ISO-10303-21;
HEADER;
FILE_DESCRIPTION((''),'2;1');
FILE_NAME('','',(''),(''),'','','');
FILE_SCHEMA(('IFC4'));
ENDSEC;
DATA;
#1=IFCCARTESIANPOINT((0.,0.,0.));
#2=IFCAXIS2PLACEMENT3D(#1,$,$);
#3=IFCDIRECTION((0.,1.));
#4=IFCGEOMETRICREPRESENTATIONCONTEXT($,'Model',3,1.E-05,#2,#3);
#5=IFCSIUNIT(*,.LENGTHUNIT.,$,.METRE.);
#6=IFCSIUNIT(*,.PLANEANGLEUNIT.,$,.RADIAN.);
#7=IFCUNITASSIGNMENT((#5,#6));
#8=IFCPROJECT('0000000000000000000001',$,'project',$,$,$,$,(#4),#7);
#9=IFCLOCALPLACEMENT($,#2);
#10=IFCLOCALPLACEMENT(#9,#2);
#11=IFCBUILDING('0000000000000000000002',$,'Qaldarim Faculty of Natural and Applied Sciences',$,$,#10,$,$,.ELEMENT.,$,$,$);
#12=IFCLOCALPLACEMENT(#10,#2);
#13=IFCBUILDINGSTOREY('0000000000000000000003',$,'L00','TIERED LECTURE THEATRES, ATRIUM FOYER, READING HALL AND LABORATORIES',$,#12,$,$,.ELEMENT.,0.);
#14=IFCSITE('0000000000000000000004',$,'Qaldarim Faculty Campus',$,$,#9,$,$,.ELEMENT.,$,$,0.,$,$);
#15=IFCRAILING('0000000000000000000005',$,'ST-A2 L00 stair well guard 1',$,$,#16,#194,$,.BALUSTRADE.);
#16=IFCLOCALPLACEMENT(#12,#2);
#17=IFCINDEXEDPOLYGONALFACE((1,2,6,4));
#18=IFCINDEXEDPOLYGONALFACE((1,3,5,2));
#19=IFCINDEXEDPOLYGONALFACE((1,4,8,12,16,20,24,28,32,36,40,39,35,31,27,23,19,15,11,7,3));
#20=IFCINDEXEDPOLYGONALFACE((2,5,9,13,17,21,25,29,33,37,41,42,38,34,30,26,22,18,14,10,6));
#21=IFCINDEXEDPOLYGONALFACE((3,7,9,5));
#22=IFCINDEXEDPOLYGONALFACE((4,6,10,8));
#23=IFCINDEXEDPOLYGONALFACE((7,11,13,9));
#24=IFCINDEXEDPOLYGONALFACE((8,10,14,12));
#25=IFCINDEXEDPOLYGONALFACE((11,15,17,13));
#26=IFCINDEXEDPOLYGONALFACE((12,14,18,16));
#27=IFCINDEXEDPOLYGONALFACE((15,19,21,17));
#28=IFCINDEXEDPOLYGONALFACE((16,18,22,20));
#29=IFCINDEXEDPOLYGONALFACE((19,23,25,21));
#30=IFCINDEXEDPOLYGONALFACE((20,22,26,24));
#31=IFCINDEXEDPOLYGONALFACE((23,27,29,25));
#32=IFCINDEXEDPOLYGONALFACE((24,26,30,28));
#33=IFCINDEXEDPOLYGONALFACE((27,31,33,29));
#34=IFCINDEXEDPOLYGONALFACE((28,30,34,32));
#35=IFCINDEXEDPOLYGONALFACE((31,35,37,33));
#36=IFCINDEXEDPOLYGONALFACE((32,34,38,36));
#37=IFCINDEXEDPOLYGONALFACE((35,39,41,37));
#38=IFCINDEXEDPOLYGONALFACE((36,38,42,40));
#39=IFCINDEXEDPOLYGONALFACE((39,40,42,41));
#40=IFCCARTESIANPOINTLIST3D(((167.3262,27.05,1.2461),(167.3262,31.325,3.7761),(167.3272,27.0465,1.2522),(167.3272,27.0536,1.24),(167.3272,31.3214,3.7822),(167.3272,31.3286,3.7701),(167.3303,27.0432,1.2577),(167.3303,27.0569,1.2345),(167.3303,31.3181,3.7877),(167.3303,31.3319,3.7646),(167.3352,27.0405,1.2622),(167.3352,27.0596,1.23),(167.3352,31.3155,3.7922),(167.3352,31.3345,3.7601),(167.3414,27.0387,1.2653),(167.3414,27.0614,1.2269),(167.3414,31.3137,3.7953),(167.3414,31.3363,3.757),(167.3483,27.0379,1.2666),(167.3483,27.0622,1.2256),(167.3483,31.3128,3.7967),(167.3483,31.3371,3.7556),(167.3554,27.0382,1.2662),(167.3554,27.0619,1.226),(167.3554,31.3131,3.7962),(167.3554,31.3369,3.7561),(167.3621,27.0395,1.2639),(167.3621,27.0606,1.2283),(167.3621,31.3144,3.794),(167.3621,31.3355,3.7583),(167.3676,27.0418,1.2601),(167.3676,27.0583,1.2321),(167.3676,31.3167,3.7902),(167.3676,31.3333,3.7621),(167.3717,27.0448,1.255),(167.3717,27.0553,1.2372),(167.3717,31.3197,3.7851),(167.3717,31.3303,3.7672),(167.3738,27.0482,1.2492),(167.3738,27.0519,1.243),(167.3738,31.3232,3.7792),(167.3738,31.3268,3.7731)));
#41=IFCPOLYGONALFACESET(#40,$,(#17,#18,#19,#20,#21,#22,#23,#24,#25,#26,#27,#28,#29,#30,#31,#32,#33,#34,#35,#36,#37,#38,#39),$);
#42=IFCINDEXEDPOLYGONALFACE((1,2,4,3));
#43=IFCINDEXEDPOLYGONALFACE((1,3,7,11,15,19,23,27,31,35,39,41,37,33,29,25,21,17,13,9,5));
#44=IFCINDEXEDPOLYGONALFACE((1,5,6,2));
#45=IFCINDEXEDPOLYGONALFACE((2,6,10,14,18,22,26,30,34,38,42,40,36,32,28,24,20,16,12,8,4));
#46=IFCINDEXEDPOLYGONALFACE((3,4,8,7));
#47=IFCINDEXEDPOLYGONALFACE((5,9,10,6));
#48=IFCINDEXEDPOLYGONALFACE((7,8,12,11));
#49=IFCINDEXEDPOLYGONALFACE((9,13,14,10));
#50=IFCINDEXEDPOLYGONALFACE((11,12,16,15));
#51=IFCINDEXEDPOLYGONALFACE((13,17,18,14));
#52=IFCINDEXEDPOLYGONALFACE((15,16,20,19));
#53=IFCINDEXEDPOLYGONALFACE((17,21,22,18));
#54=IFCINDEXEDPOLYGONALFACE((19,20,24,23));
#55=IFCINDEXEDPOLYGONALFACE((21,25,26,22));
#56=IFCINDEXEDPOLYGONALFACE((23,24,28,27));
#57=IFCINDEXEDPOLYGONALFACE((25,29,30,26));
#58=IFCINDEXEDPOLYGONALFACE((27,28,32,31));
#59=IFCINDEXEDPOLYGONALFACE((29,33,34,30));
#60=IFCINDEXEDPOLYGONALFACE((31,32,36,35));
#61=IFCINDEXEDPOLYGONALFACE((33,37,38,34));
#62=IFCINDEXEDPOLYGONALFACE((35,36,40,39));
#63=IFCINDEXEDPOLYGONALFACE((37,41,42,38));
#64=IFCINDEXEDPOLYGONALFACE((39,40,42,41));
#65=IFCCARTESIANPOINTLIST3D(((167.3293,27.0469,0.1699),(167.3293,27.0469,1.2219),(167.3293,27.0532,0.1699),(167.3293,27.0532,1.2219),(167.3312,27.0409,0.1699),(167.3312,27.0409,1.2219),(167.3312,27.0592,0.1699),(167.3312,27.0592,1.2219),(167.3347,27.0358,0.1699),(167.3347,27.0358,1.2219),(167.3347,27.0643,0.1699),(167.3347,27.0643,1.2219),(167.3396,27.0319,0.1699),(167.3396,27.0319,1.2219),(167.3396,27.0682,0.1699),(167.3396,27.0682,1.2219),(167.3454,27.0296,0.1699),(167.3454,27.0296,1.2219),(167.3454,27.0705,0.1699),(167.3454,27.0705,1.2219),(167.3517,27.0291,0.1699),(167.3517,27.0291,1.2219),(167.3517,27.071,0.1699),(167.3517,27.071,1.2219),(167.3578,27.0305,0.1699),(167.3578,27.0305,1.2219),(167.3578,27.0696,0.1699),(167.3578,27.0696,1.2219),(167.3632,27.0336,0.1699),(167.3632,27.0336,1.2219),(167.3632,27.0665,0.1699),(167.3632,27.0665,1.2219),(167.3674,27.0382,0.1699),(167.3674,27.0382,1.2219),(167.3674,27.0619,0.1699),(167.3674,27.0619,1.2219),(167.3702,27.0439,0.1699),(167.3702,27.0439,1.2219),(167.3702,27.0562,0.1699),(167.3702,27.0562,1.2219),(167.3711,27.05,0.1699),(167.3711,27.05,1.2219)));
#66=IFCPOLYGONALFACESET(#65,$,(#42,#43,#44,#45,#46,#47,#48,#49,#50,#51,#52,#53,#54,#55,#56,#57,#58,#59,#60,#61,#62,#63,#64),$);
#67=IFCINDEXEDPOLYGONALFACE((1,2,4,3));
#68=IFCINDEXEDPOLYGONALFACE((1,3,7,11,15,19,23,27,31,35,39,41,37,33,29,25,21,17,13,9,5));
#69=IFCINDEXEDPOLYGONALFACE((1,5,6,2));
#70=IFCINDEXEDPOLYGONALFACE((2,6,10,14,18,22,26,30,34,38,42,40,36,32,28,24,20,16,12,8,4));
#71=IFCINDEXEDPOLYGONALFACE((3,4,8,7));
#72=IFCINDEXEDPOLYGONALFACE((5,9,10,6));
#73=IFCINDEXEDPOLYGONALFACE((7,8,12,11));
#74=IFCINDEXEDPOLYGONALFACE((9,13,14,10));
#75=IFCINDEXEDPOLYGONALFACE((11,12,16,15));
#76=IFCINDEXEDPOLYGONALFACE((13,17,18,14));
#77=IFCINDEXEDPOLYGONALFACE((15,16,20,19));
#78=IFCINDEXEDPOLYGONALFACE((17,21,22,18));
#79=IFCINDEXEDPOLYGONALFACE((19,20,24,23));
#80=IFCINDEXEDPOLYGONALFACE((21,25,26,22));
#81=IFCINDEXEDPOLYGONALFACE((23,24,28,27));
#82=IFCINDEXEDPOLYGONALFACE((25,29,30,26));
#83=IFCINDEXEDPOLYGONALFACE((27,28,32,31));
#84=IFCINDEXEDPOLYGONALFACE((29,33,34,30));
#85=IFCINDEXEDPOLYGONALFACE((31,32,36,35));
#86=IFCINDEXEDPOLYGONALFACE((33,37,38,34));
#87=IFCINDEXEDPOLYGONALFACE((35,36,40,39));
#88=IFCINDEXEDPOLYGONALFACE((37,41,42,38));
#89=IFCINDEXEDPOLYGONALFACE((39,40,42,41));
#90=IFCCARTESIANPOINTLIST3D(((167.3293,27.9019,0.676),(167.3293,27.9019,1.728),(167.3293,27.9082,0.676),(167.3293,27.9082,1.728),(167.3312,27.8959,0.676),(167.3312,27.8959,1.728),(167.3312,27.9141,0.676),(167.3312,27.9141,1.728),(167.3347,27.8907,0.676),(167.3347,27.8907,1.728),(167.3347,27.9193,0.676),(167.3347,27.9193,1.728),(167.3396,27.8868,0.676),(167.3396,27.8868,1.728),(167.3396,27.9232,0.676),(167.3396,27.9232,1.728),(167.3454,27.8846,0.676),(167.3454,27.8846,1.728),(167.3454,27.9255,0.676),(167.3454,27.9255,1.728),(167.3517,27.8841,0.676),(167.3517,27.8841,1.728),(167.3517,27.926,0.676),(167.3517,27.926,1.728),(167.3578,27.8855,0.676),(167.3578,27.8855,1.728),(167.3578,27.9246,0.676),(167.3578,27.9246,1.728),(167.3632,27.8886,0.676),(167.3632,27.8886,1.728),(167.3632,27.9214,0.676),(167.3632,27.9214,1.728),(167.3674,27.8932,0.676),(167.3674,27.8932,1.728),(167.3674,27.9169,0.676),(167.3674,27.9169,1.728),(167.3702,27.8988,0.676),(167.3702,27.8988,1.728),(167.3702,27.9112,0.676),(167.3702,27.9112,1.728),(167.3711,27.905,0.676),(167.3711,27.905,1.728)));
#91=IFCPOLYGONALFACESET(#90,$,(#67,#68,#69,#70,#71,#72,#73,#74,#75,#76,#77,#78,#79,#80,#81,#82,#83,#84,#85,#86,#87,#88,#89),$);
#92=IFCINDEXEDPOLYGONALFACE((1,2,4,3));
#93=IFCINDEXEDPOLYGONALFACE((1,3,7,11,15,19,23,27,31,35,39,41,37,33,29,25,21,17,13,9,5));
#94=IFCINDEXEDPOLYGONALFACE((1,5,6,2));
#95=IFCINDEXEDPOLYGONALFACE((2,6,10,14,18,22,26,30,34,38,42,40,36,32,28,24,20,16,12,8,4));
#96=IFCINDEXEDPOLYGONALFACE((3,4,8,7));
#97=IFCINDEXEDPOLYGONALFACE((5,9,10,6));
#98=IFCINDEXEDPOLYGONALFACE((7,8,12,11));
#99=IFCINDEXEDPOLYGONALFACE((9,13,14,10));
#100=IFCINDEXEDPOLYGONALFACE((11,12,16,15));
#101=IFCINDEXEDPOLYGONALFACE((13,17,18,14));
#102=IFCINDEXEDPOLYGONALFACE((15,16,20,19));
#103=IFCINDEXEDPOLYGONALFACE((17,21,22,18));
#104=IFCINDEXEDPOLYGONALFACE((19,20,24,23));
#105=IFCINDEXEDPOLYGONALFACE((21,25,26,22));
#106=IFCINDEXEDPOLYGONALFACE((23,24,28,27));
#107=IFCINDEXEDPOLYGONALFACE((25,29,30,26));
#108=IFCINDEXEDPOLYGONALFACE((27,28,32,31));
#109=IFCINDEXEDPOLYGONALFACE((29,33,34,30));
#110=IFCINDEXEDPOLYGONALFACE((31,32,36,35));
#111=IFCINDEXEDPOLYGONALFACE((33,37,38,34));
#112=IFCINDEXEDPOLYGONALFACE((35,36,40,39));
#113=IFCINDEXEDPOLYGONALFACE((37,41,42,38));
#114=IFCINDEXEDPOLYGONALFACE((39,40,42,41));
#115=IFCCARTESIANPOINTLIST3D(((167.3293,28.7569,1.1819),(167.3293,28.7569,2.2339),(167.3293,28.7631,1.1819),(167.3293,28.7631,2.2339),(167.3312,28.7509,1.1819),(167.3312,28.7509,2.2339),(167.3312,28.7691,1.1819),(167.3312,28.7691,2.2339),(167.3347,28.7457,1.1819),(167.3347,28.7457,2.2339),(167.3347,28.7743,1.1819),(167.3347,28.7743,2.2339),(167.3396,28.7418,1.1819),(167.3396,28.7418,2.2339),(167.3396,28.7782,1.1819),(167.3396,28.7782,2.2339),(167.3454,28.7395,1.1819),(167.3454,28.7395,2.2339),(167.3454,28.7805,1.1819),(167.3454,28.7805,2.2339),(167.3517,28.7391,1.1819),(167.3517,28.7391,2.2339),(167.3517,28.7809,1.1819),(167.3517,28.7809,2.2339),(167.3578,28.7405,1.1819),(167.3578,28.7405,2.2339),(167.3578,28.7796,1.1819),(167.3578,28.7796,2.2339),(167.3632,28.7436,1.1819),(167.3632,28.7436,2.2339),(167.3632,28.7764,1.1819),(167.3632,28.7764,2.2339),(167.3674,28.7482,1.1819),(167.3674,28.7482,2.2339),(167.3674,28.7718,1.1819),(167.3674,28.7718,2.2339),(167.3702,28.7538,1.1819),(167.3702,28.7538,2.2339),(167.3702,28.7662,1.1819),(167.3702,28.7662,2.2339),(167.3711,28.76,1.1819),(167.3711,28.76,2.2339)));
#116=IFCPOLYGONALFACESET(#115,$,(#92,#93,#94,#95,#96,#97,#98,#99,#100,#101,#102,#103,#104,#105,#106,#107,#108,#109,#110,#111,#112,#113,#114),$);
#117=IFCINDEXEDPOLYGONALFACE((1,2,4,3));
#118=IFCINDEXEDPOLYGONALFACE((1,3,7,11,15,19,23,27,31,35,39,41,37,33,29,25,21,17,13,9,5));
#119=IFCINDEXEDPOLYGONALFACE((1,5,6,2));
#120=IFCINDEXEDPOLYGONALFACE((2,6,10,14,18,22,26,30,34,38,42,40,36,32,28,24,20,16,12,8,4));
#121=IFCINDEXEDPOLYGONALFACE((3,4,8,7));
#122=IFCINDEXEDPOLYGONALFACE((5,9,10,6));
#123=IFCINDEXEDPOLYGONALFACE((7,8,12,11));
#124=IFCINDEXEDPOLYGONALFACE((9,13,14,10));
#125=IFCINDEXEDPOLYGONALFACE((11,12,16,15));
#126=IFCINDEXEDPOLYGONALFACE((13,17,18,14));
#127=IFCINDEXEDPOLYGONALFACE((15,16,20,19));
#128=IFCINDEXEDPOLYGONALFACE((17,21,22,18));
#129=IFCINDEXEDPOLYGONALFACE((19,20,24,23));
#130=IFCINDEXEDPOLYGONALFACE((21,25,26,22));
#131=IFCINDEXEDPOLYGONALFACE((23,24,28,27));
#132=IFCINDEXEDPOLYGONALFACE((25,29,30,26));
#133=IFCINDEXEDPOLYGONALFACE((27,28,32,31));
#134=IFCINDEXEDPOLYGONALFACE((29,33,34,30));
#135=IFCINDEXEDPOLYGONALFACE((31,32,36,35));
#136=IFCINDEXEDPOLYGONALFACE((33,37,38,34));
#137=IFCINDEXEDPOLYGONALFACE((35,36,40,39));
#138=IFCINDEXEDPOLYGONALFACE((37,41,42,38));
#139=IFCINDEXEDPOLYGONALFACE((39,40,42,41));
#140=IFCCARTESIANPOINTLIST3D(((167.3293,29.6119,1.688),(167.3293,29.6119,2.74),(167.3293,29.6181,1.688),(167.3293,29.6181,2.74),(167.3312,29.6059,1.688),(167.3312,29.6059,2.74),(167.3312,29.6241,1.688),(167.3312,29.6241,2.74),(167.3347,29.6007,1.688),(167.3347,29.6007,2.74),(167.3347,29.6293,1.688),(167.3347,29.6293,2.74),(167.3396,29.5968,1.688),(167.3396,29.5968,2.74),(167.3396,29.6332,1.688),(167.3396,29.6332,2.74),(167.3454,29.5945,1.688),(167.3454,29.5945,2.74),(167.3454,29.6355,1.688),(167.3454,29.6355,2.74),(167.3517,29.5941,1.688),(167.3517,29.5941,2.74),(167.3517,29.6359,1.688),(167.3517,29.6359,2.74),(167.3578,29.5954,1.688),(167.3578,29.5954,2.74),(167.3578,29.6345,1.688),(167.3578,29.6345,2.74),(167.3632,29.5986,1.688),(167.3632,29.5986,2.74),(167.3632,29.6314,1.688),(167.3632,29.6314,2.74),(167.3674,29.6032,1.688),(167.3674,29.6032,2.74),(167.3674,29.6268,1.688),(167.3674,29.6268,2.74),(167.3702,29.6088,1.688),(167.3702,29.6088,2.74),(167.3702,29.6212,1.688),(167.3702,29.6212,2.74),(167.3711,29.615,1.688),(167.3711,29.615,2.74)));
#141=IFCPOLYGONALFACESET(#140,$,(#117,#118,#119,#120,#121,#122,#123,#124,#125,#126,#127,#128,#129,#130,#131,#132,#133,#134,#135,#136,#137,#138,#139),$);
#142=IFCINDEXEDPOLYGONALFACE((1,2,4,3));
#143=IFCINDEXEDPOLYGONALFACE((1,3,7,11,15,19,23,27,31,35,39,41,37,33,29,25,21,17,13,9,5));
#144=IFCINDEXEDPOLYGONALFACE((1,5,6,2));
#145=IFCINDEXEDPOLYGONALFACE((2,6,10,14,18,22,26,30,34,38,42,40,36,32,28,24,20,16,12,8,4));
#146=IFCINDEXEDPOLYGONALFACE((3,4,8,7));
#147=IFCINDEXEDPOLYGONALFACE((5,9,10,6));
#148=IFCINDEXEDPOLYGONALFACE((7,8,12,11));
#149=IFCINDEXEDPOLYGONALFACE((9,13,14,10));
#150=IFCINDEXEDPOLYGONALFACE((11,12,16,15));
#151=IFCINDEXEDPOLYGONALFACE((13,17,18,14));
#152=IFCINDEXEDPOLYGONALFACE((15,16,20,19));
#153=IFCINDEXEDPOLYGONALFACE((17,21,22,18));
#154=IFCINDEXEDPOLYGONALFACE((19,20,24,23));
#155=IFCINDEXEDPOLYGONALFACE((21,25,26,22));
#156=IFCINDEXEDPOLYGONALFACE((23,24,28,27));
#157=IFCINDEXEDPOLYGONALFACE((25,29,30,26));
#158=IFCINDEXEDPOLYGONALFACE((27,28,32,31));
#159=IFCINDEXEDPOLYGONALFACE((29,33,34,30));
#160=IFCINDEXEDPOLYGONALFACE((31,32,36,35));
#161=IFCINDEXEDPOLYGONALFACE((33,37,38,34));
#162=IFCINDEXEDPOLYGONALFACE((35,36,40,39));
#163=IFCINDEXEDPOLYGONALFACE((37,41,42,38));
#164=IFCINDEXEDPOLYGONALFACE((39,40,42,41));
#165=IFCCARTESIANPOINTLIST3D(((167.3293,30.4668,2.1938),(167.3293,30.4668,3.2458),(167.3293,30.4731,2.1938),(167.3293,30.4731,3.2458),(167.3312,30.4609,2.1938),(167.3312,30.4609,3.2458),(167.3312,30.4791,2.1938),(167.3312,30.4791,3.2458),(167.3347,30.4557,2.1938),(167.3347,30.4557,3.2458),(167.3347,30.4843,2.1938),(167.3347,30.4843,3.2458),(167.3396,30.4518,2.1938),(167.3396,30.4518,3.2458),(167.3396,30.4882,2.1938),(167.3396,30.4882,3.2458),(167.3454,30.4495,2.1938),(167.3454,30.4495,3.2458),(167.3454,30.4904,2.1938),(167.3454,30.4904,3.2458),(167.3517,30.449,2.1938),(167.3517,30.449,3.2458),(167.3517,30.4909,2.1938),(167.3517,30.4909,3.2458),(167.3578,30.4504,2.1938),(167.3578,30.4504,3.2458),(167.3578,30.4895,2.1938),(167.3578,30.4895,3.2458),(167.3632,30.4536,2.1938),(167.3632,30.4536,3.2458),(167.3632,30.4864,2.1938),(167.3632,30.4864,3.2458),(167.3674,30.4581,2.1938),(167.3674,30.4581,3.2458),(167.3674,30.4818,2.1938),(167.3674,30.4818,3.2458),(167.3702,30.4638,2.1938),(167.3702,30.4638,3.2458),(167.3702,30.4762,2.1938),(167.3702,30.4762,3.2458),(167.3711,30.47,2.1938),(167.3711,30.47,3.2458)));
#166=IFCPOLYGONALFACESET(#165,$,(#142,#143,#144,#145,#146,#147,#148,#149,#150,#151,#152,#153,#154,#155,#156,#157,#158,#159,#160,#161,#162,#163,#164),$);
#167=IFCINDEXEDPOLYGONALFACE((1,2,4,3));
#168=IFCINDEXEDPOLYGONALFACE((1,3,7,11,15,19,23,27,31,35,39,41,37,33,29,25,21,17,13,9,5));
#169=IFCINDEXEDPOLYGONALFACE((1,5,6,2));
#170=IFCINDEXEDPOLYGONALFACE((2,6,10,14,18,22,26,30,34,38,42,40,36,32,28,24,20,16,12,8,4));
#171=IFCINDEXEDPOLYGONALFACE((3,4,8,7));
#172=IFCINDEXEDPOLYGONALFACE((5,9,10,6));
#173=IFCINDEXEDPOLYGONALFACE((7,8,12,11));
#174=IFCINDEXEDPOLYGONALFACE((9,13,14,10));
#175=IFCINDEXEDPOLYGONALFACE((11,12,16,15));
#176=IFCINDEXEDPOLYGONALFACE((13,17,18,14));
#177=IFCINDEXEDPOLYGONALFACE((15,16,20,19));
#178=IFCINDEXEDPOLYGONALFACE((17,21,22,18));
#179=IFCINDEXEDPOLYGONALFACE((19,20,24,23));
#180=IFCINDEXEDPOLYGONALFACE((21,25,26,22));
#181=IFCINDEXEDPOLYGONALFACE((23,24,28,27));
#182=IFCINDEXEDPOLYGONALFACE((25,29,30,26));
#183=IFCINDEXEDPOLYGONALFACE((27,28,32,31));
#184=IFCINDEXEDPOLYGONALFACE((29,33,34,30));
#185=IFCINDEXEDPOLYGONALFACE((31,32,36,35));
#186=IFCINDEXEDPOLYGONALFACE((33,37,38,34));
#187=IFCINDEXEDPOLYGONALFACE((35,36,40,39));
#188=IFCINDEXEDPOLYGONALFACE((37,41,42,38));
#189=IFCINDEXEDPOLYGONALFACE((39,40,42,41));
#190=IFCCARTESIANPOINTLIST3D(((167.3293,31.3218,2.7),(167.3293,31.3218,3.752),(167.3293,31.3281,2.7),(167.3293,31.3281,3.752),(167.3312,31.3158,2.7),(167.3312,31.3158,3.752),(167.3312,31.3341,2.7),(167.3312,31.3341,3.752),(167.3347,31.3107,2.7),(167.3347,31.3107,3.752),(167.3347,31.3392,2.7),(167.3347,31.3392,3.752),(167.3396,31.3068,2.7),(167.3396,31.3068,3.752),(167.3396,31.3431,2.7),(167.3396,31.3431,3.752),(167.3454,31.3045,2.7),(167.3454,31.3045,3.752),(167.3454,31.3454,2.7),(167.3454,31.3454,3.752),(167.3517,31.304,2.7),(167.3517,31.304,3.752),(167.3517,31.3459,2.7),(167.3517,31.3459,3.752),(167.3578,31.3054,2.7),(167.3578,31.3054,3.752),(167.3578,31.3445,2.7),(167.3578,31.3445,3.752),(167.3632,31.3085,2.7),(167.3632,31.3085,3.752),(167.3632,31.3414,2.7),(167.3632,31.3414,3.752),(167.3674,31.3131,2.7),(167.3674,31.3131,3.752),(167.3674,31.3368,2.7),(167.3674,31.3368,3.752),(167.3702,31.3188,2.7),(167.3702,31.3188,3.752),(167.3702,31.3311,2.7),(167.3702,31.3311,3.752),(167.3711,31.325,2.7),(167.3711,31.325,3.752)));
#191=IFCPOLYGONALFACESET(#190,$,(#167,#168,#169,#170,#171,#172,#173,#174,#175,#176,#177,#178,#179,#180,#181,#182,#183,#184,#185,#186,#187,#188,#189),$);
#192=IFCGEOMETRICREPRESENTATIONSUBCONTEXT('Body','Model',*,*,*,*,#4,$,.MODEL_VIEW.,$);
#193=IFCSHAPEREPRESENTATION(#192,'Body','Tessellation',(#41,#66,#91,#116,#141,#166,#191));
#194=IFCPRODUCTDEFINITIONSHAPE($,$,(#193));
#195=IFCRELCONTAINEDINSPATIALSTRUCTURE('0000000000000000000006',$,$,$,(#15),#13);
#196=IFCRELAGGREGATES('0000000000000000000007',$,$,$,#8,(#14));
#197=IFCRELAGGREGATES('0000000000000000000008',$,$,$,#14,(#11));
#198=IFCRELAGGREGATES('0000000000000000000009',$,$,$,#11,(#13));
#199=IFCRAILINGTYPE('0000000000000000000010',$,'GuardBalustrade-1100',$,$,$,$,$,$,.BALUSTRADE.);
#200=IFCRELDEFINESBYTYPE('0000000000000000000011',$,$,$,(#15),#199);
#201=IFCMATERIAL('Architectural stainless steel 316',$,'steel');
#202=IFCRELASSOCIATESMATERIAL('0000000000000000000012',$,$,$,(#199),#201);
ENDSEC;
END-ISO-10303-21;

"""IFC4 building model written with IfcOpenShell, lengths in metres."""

from ifc_helpers import new_model, si_unit, direction, frame, origin, origin_2d, place, context, subcontext, project, spatial, circle, extrude, material, type_object, element, save


model = new_model("IFC4")

# Units and contexts
model_context = context("Model", 3, precision=1e-05, world=origin(), true_north=direction((0.0, 1.0)))
body_context = subcontext(model_context, "Body", "Model", "MODEL_VIEW")
ifc_project = project(units=[si_unit("LENGTHUNIT", "METRE"), si_unit("PLANEANGLEUNIT", "RADIAN")], contexts=[model_context])

# Site, building, storey
site_placement = place(None, origin())
site = spatial("IfcSite", under=ifc_project, at=site_placement, Name="Qaldarim Faculty Campus", CompositionType="ELEMENT", RefElevation=0.0)
building_placement = place(site_placement, origin())
building = spatial("IfcBuilding", under=site, at=building_placement, Name="Qaldarim Faculty of Natural and Applied Sciences", CompositionType="ELEMENT")
storey_placement = place(building_placement, origin())
storey = spatial("IfcBuildingStorey", under=building, at=storey_placement, Name="L00", Description="TIERED LECTURE THEATRES, ATRIUM FOYER, READING HALL AND LABORATORIES", CompositionType="ELEMENT", Elevation=0.0)

# Shared definitions
ifc_material_1 = material(Name="Architectural stainless steel 316", Category="steel")

# Railing
railing_type_1 = type_object("IfcRailingType", Name="GuardBalustrade-1100", PredefinedType="BALUSTRADE", material=ifc_material_1)
railing_1_placement = place(storey_placement, frame((167.3501, 27.05, 0.1699)))
element("IfcRailing", 1, at=railing_1_placement, inside=storey, type_object=railing_type_1, Name="ST-A2 L00 stair well guard 1", PredefinedType="BALUSTRADE", context=body_context, shape_type="SweptSolid", body=[
    extrude(circle(Radius=0.0239, at=origin_2d()), frame((0.0, 0.0, 1.0762), z_axis=(0.0, 0.860578, 0.509319), x_axis=(-1.0, 0.0, 0.0)), (0.0, 0.0, 1.0), 4.9675),
    extrude(circle(Radius=0.021, at=origin_2d()), origin(), (0.0, 0.0, 1.0), 1.052),
    extrude(circle(Radius=0.021, at=origin_2d()), frame((0.0, 0.855, 0.5061)), (0.0, 0.0, 1.0), 1.052),
    extrude(circle(Radius=0.021, at=origin_2d()), frame((0.0, 1.71, 1.012)), (0.0, 0.0, 1.0), 1.052),
    extrude(circle(Radius=0.021, at=origin_2d()), frame((0.0, 2.5649, 1.5181)), (0.0, 0.0, 1.0), 1.052),
    extrude(circle(Radius=0.021, at=origin_2d()), frame((0.0, 3.4199, 2.0239)), (0.0, 0.0, 1.0), 1.052),
    extrude(circle(Radius=0.021, at=origin_2d()), frame((0.0, 4.2749, 2.53)), (0.0, 0.0, 1.0), 1.052),
])

save(model, "model.ifc")
